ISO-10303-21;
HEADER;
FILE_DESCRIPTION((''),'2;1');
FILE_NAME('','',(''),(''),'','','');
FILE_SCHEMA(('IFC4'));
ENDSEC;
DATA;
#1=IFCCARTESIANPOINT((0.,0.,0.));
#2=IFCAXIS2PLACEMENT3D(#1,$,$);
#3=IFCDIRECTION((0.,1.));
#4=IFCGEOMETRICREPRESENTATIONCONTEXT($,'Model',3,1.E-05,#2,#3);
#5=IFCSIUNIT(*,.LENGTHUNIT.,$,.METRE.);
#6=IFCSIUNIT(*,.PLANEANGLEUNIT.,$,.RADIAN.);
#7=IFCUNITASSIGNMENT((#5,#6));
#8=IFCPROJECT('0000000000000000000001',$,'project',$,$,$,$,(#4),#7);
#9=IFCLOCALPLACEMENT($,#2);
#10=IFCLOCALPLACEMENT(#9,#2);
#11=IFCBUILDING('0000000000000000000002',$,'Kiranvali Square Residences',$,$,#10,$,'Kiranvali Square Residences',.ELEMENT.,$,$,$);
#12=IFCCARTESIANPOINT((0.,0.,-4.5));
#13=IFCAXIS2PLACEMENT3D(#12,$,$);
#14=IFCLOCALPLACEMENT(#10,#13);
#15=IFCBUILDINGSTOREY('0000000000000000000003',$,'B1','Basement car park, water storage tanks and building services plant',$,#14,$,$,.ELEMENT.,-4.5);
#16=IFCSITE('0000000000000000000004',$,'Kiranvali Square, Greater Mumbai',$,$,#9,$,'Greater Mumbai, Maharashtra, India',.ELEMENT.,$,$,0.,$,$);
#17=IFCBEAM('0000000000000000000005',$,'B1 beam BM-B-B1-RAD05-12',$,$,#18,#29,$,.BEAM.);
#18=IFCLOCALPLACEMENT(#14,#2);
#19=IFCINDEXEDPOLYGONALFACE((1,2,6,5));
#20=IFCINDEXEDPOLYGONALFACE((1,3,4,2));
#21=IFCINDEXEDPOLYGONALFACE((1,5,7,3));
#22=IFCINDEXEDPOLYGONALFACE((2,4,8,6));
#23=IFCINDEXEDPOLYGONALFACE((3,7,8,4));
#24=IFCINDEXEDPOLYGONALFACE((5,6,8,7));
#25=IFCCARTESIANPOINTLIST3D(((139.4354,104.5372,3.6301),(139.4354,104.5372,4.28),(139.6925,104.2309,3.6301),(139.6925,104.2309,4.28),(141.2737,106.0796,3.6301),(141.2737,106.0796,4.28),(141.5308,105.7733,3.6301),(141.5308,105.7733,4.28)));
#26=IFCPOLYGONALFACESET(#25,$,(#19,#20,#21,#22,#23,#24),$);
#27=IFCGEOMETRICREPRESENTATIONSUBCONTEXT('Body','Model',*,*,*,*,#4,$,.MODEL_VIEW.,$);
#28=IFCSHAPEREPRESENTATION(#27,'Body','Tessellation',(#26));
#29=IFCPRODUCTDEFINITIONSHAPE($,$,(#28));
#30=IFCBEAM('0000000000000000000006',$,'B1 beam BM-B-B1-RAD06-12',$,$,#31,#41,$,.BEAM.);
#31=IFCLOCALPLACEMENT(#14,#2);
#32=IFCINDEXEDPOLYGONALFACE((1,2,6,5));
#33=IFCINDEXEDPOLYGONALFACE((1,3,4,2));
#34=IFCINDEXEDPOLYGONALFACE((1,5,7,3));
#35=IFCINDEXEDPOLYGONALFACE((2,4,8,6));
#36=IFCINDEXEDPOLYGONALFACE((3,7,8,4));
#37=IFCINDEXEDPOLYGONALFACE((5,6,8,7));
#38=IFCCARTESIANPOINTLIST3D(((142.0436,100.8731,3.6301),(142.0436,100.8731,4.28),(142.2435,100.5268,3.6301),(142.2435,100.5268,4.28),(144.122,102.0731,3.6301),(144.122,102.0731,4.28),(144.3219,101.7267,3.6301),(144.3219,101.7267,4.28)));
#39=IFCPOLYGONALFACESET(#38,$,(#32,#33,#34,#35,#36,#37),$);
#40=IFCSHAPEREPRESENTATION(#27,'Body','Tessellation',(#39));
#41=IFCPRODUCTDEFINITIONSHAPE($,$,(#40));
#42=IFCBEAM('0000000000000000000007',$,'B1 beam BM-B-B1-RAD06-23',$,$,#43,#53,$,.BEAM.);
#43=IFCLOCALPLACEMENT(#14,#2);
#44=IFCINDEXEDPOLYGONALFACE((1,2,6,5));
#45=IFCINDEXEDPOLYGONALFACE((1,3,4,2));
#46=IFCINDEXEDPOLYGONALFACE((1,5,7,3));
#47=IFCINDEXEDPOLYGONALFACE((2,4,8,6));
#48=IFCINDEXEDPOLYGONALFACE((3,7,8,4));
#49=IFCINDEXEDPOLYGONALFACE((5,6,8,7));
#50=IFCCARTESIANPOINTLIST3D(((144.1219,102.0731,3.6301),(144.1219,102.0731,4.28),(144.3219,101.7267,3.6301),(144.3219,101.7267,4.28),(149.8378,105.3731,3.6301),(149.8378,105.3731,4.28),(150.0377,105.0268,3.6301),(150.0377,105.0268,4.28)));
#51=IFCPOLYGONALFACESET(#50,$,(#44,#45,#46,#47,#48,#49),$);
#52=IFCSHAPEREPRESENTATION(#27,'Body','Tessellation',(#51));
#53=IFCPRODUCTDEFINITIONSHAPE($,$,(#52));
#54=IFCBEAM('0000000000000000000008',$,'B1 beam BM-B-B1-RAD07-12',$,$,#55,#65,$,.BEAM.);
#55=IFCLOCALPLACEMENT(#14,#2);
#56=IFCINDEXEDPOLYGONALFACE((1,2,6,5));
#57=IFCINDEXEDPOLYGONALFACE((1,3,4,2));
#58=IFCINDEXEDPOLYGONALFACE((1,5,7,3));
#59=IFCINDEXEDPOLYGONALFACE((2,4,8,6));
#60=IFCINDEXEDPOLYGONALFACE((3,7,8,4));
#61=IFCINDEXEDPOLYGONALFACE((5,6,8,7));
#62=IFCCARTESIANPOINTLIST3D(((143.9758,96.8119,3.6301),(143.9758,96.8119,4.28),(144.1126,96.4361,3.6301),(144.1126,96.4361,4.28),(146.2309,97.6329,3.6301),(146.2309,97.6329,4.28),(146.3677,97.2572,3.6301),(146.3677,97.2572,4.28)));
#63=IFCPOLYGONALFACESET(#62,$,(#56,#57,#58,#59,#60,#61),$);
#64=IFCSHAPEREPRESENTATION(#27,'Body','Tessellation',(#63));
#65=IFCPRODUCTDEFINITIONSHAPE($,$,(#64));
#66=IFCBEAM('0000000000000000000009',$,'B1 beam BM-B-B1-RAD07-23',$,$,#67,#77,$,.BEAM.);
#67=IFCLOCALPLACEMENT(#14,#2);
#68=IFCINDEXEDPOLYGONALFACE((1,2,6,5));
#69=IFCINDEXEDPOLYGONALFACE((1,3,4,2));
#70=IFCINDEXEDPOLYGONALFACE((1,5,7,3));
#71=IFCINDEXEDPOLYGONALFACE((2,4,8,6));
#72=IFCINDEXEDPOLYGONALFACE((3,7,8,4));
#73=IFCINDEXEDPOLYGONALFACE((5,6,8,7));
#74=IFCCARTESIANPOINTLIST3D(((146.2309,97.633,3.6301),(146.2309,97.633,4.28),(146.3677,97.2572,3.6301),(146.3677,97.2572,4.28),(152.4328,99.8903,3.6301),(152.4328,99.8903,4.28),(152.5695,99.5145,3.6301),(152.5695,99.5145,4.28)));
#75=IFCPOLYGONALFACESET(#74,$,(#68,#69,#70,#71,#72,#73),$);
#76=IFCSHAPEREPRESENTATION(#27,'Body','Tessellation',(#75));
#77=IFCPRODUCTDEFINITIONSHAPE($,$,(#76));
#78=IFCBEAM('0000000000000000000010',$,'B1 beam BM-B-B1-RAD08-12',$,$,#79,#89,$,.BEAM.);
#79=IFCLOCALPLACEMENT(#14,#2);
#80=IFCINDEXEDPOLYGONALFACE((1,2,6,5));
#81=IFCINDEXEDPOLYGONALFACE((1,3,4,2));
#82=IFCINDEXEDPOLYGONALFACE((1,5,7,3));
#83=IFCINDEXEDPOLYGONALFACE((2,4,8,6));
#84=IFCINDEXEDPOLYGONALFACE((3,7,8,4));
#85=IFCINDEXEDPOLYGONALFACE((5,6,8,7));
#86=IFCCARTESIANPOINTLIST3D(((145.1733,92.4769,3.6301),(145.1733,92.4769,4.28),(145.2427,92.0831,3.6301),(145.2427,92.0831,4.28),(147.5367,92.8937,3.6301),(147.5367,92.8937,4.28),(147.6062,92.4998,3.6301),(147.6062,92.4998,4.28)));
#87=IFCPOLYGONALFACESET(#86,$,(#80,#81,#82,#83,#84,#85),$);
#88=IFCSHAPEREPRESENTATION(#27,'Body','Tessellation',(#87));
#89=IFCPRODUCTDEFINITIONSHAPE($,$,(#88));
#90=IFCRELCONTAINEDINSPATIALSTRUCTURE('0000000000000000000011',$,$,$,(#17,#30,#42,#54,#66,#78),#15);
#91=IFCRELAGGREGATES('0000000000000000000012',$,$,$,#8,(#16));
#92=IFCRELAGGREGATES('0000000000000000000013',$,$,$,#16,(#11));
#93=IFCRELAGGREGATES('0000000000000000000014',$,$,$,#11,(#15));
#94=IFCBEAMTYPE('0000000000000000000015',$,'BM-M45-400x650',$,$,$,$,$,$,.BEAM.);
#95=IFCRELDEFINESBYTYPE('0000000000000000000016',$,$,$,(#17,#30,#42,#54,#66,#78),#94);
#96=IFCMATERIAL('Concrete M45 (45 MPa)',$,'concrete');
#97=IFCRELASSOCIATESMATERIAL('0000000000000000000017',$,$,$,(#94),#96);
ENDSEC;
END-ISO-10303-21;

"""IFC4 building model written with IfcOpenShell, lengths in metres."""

from ifc_helpers import new_model, si_unit, direction, frame, origin, origin_2d, place, context, subcontext, project, spatial, rectangle, extrude, material, material_profile, profile_set, type_object, element, save


model = new_model("IFC4")

# Units and contexts
model_context = context("Model", 3, precision=1e-05, world=origin(), true_north=direction((0.0, 1.0)))
body_context = subcontext(model_context, "Body", "Model", "MODEL_VIEW")
ifc_project = project(units=[si_unit("LENGTHUNIT", "METRE"), si_unit("PLANEANGLEUNIT", "RADIAN")], contexts=[model_context])

# Site, building, storey
site_placement = place(None, origin())
site = spatial("IfcSite", under=ifc_project, at=site_placement, Name="Kiranvali Square, Greater Mumbai", LongName="Greater Mumbai, Maharashtra, India", CompositionType="ELEMENT", RefElevation=0.0)
building_placement = place(site_placement, origin())
building = spatial("IfcBuilding", under=site, at=building_placement, Name="Kiranvali Square Residences", LongName="Kiranvali Square Residences", CompositionType="ELEMENT")
storey_placement = place(building_placement, frame((0.0, 0.0, -4.5)))
storey = spatial("IfcBuildingStorey", under=building, at=storey_placement, Name="B1", Description="Basement car park, water storage tanks and building services plant", CompositionType="ELEMENT", Elevation=-4.5)

# Shared definitions
ifc_material_1 = material(Name="Concrete M45 (45 MPa)", Category="concrete")

# Beams
ifc_material_profile_1 = material_profile(ifc_material_1, rectangle(XDim=0.3999, YDim=0.6499, at=origin_2d()), Name="RC 400x650")
ifc_profile_set_1 = profile_set([ifc_material_profile_1], Name="Concrete M45 (45 MPa)")
beam_type = type_object("IfcBeamType", Name="BM-M45-400x650", PredefinedType="BEAM", material=ifc_profile_set_1)
beam_1_placement = place(storey_placement, frame((139.564, 104.384, 3.9551), z_axis=(0.766065, 0.642763, 0.0), x_axis=(-0.642763, 0.766065, 0.0)))
element("IfcBeam", 1, at=beam_1_placement, inside=storey, type_object=beam_type, Name="B1 beam BM-B-B1-RAD05-12", PredefinedType="BEAM", context=body_context, shape_type="SweptSolid", body=[
    extrude(rectangle(XDim=0.3999, YDim=0.6499, at=origin_2d()), origin(), (0.0, 0.0, 1.0), 2.3997),
])
beam_2_placement = place(storey_placement, frame((142.1436, 100.7, 3.9551), z_axis=(0.866025, 0.500001, 0.0), x_axis=(-0.500001, 0.866025, 0.0)))
element("IfcBeam", 2, at=beam_2_placement, inside=storey, type_object=beam_type, Name="B1 beam BM-B-B1-RAD06-12", PredefinedType="BEAM", context=body_context, shape_type="SweptSolid", body=[
    extrude(rectangle(XDim=0.3999, YDim=0.6499, at=origin_2d()), origin(), (0.0, 0.0, 1.0), 2.3999),
])
beam_3_placement = place(storey_placement, frame((144.2219, 101.8999, 3.9551), z_axis=(0.866024, 0.500002, 0.0), x_axis=(-0.500002, 0.866024, 0.0)))
element("IfcBeam", 3, at=beam_3_placement, inside=storey, type_object=beam_type, Name="B1 beam BM-B-B1-RAD06-23", PredefinedType="BEAM", context=body_context, shape_type="SweptSolid", body=[
    extrude(rectangle(XDim=0.3999, YDim=0.6499, at=origin_2d()), origin(), (0.0, 0.0, 1.0), 6.6001),
])
beam_4_placement = place(storey_placement, frame((144.0442, 96.624, 3.9551), z_axis=(0.93966, 0.342111, 0.0), x_axis=(-0.342111, 0.93966, 0.0)))
element("IfcBeam", 4, at=beam_4_placement, inside=storey, type_object=beam_type, Name="B1 beam BM-B-B1-RAD07-12", PredefinedType="BEAM", context=body_context, shape_type="SweptSolid", body=[
    extrude(rectangle(XDim=0.3999, YDim=0.6499, at=origin_2d()), origin(), (0.0, 0.0, 1.0), 2.3999),
])
beam_5_placement = place(storey_placement, frame((146.2993, 97.4451, 3.9551), z_axis=(0.939692, 0.342022, 0.0), x_axis=(-0.342022, 0.939692, 0.0)))
element("IfcBeam", 5, at=beam_5_placement, inside=storey, type_object=beam_type, Name="B1 beam BM-B-B1-RAD07-23", PredefinedType="BEAM", context=body_context, shape_type="SweptSolid", body=[
    extrude(rectangle(XDim=0.3999, YDim=0.6499, at=origin_2d()), origin(), (0.0, 0.0, 1.0), 6.5999),
])
beam_6_placement = place(storey_placement, frame((145.208, 92.28, 3.9551), z_axis=(0.984808, 0.173646, 0.0), x_axis=(-0.173646, 0.984808, 0.0)))
element("IfcBeam", 6, at=beam_6_placement, inside=storey, type_object=beam_type, Name="B1 beam BM-B-B1-RAD08-12", PredefinedType="BEAM", context=body_context, shape_type="SweptSolid", body=[
    extrude(rectangle(XDim=0.3999, YDim=0.6499, at=origin_2d()), origin(), (0.0, 0.0, 1.0), 2.3999),
])

save(model, "model.ifc")
